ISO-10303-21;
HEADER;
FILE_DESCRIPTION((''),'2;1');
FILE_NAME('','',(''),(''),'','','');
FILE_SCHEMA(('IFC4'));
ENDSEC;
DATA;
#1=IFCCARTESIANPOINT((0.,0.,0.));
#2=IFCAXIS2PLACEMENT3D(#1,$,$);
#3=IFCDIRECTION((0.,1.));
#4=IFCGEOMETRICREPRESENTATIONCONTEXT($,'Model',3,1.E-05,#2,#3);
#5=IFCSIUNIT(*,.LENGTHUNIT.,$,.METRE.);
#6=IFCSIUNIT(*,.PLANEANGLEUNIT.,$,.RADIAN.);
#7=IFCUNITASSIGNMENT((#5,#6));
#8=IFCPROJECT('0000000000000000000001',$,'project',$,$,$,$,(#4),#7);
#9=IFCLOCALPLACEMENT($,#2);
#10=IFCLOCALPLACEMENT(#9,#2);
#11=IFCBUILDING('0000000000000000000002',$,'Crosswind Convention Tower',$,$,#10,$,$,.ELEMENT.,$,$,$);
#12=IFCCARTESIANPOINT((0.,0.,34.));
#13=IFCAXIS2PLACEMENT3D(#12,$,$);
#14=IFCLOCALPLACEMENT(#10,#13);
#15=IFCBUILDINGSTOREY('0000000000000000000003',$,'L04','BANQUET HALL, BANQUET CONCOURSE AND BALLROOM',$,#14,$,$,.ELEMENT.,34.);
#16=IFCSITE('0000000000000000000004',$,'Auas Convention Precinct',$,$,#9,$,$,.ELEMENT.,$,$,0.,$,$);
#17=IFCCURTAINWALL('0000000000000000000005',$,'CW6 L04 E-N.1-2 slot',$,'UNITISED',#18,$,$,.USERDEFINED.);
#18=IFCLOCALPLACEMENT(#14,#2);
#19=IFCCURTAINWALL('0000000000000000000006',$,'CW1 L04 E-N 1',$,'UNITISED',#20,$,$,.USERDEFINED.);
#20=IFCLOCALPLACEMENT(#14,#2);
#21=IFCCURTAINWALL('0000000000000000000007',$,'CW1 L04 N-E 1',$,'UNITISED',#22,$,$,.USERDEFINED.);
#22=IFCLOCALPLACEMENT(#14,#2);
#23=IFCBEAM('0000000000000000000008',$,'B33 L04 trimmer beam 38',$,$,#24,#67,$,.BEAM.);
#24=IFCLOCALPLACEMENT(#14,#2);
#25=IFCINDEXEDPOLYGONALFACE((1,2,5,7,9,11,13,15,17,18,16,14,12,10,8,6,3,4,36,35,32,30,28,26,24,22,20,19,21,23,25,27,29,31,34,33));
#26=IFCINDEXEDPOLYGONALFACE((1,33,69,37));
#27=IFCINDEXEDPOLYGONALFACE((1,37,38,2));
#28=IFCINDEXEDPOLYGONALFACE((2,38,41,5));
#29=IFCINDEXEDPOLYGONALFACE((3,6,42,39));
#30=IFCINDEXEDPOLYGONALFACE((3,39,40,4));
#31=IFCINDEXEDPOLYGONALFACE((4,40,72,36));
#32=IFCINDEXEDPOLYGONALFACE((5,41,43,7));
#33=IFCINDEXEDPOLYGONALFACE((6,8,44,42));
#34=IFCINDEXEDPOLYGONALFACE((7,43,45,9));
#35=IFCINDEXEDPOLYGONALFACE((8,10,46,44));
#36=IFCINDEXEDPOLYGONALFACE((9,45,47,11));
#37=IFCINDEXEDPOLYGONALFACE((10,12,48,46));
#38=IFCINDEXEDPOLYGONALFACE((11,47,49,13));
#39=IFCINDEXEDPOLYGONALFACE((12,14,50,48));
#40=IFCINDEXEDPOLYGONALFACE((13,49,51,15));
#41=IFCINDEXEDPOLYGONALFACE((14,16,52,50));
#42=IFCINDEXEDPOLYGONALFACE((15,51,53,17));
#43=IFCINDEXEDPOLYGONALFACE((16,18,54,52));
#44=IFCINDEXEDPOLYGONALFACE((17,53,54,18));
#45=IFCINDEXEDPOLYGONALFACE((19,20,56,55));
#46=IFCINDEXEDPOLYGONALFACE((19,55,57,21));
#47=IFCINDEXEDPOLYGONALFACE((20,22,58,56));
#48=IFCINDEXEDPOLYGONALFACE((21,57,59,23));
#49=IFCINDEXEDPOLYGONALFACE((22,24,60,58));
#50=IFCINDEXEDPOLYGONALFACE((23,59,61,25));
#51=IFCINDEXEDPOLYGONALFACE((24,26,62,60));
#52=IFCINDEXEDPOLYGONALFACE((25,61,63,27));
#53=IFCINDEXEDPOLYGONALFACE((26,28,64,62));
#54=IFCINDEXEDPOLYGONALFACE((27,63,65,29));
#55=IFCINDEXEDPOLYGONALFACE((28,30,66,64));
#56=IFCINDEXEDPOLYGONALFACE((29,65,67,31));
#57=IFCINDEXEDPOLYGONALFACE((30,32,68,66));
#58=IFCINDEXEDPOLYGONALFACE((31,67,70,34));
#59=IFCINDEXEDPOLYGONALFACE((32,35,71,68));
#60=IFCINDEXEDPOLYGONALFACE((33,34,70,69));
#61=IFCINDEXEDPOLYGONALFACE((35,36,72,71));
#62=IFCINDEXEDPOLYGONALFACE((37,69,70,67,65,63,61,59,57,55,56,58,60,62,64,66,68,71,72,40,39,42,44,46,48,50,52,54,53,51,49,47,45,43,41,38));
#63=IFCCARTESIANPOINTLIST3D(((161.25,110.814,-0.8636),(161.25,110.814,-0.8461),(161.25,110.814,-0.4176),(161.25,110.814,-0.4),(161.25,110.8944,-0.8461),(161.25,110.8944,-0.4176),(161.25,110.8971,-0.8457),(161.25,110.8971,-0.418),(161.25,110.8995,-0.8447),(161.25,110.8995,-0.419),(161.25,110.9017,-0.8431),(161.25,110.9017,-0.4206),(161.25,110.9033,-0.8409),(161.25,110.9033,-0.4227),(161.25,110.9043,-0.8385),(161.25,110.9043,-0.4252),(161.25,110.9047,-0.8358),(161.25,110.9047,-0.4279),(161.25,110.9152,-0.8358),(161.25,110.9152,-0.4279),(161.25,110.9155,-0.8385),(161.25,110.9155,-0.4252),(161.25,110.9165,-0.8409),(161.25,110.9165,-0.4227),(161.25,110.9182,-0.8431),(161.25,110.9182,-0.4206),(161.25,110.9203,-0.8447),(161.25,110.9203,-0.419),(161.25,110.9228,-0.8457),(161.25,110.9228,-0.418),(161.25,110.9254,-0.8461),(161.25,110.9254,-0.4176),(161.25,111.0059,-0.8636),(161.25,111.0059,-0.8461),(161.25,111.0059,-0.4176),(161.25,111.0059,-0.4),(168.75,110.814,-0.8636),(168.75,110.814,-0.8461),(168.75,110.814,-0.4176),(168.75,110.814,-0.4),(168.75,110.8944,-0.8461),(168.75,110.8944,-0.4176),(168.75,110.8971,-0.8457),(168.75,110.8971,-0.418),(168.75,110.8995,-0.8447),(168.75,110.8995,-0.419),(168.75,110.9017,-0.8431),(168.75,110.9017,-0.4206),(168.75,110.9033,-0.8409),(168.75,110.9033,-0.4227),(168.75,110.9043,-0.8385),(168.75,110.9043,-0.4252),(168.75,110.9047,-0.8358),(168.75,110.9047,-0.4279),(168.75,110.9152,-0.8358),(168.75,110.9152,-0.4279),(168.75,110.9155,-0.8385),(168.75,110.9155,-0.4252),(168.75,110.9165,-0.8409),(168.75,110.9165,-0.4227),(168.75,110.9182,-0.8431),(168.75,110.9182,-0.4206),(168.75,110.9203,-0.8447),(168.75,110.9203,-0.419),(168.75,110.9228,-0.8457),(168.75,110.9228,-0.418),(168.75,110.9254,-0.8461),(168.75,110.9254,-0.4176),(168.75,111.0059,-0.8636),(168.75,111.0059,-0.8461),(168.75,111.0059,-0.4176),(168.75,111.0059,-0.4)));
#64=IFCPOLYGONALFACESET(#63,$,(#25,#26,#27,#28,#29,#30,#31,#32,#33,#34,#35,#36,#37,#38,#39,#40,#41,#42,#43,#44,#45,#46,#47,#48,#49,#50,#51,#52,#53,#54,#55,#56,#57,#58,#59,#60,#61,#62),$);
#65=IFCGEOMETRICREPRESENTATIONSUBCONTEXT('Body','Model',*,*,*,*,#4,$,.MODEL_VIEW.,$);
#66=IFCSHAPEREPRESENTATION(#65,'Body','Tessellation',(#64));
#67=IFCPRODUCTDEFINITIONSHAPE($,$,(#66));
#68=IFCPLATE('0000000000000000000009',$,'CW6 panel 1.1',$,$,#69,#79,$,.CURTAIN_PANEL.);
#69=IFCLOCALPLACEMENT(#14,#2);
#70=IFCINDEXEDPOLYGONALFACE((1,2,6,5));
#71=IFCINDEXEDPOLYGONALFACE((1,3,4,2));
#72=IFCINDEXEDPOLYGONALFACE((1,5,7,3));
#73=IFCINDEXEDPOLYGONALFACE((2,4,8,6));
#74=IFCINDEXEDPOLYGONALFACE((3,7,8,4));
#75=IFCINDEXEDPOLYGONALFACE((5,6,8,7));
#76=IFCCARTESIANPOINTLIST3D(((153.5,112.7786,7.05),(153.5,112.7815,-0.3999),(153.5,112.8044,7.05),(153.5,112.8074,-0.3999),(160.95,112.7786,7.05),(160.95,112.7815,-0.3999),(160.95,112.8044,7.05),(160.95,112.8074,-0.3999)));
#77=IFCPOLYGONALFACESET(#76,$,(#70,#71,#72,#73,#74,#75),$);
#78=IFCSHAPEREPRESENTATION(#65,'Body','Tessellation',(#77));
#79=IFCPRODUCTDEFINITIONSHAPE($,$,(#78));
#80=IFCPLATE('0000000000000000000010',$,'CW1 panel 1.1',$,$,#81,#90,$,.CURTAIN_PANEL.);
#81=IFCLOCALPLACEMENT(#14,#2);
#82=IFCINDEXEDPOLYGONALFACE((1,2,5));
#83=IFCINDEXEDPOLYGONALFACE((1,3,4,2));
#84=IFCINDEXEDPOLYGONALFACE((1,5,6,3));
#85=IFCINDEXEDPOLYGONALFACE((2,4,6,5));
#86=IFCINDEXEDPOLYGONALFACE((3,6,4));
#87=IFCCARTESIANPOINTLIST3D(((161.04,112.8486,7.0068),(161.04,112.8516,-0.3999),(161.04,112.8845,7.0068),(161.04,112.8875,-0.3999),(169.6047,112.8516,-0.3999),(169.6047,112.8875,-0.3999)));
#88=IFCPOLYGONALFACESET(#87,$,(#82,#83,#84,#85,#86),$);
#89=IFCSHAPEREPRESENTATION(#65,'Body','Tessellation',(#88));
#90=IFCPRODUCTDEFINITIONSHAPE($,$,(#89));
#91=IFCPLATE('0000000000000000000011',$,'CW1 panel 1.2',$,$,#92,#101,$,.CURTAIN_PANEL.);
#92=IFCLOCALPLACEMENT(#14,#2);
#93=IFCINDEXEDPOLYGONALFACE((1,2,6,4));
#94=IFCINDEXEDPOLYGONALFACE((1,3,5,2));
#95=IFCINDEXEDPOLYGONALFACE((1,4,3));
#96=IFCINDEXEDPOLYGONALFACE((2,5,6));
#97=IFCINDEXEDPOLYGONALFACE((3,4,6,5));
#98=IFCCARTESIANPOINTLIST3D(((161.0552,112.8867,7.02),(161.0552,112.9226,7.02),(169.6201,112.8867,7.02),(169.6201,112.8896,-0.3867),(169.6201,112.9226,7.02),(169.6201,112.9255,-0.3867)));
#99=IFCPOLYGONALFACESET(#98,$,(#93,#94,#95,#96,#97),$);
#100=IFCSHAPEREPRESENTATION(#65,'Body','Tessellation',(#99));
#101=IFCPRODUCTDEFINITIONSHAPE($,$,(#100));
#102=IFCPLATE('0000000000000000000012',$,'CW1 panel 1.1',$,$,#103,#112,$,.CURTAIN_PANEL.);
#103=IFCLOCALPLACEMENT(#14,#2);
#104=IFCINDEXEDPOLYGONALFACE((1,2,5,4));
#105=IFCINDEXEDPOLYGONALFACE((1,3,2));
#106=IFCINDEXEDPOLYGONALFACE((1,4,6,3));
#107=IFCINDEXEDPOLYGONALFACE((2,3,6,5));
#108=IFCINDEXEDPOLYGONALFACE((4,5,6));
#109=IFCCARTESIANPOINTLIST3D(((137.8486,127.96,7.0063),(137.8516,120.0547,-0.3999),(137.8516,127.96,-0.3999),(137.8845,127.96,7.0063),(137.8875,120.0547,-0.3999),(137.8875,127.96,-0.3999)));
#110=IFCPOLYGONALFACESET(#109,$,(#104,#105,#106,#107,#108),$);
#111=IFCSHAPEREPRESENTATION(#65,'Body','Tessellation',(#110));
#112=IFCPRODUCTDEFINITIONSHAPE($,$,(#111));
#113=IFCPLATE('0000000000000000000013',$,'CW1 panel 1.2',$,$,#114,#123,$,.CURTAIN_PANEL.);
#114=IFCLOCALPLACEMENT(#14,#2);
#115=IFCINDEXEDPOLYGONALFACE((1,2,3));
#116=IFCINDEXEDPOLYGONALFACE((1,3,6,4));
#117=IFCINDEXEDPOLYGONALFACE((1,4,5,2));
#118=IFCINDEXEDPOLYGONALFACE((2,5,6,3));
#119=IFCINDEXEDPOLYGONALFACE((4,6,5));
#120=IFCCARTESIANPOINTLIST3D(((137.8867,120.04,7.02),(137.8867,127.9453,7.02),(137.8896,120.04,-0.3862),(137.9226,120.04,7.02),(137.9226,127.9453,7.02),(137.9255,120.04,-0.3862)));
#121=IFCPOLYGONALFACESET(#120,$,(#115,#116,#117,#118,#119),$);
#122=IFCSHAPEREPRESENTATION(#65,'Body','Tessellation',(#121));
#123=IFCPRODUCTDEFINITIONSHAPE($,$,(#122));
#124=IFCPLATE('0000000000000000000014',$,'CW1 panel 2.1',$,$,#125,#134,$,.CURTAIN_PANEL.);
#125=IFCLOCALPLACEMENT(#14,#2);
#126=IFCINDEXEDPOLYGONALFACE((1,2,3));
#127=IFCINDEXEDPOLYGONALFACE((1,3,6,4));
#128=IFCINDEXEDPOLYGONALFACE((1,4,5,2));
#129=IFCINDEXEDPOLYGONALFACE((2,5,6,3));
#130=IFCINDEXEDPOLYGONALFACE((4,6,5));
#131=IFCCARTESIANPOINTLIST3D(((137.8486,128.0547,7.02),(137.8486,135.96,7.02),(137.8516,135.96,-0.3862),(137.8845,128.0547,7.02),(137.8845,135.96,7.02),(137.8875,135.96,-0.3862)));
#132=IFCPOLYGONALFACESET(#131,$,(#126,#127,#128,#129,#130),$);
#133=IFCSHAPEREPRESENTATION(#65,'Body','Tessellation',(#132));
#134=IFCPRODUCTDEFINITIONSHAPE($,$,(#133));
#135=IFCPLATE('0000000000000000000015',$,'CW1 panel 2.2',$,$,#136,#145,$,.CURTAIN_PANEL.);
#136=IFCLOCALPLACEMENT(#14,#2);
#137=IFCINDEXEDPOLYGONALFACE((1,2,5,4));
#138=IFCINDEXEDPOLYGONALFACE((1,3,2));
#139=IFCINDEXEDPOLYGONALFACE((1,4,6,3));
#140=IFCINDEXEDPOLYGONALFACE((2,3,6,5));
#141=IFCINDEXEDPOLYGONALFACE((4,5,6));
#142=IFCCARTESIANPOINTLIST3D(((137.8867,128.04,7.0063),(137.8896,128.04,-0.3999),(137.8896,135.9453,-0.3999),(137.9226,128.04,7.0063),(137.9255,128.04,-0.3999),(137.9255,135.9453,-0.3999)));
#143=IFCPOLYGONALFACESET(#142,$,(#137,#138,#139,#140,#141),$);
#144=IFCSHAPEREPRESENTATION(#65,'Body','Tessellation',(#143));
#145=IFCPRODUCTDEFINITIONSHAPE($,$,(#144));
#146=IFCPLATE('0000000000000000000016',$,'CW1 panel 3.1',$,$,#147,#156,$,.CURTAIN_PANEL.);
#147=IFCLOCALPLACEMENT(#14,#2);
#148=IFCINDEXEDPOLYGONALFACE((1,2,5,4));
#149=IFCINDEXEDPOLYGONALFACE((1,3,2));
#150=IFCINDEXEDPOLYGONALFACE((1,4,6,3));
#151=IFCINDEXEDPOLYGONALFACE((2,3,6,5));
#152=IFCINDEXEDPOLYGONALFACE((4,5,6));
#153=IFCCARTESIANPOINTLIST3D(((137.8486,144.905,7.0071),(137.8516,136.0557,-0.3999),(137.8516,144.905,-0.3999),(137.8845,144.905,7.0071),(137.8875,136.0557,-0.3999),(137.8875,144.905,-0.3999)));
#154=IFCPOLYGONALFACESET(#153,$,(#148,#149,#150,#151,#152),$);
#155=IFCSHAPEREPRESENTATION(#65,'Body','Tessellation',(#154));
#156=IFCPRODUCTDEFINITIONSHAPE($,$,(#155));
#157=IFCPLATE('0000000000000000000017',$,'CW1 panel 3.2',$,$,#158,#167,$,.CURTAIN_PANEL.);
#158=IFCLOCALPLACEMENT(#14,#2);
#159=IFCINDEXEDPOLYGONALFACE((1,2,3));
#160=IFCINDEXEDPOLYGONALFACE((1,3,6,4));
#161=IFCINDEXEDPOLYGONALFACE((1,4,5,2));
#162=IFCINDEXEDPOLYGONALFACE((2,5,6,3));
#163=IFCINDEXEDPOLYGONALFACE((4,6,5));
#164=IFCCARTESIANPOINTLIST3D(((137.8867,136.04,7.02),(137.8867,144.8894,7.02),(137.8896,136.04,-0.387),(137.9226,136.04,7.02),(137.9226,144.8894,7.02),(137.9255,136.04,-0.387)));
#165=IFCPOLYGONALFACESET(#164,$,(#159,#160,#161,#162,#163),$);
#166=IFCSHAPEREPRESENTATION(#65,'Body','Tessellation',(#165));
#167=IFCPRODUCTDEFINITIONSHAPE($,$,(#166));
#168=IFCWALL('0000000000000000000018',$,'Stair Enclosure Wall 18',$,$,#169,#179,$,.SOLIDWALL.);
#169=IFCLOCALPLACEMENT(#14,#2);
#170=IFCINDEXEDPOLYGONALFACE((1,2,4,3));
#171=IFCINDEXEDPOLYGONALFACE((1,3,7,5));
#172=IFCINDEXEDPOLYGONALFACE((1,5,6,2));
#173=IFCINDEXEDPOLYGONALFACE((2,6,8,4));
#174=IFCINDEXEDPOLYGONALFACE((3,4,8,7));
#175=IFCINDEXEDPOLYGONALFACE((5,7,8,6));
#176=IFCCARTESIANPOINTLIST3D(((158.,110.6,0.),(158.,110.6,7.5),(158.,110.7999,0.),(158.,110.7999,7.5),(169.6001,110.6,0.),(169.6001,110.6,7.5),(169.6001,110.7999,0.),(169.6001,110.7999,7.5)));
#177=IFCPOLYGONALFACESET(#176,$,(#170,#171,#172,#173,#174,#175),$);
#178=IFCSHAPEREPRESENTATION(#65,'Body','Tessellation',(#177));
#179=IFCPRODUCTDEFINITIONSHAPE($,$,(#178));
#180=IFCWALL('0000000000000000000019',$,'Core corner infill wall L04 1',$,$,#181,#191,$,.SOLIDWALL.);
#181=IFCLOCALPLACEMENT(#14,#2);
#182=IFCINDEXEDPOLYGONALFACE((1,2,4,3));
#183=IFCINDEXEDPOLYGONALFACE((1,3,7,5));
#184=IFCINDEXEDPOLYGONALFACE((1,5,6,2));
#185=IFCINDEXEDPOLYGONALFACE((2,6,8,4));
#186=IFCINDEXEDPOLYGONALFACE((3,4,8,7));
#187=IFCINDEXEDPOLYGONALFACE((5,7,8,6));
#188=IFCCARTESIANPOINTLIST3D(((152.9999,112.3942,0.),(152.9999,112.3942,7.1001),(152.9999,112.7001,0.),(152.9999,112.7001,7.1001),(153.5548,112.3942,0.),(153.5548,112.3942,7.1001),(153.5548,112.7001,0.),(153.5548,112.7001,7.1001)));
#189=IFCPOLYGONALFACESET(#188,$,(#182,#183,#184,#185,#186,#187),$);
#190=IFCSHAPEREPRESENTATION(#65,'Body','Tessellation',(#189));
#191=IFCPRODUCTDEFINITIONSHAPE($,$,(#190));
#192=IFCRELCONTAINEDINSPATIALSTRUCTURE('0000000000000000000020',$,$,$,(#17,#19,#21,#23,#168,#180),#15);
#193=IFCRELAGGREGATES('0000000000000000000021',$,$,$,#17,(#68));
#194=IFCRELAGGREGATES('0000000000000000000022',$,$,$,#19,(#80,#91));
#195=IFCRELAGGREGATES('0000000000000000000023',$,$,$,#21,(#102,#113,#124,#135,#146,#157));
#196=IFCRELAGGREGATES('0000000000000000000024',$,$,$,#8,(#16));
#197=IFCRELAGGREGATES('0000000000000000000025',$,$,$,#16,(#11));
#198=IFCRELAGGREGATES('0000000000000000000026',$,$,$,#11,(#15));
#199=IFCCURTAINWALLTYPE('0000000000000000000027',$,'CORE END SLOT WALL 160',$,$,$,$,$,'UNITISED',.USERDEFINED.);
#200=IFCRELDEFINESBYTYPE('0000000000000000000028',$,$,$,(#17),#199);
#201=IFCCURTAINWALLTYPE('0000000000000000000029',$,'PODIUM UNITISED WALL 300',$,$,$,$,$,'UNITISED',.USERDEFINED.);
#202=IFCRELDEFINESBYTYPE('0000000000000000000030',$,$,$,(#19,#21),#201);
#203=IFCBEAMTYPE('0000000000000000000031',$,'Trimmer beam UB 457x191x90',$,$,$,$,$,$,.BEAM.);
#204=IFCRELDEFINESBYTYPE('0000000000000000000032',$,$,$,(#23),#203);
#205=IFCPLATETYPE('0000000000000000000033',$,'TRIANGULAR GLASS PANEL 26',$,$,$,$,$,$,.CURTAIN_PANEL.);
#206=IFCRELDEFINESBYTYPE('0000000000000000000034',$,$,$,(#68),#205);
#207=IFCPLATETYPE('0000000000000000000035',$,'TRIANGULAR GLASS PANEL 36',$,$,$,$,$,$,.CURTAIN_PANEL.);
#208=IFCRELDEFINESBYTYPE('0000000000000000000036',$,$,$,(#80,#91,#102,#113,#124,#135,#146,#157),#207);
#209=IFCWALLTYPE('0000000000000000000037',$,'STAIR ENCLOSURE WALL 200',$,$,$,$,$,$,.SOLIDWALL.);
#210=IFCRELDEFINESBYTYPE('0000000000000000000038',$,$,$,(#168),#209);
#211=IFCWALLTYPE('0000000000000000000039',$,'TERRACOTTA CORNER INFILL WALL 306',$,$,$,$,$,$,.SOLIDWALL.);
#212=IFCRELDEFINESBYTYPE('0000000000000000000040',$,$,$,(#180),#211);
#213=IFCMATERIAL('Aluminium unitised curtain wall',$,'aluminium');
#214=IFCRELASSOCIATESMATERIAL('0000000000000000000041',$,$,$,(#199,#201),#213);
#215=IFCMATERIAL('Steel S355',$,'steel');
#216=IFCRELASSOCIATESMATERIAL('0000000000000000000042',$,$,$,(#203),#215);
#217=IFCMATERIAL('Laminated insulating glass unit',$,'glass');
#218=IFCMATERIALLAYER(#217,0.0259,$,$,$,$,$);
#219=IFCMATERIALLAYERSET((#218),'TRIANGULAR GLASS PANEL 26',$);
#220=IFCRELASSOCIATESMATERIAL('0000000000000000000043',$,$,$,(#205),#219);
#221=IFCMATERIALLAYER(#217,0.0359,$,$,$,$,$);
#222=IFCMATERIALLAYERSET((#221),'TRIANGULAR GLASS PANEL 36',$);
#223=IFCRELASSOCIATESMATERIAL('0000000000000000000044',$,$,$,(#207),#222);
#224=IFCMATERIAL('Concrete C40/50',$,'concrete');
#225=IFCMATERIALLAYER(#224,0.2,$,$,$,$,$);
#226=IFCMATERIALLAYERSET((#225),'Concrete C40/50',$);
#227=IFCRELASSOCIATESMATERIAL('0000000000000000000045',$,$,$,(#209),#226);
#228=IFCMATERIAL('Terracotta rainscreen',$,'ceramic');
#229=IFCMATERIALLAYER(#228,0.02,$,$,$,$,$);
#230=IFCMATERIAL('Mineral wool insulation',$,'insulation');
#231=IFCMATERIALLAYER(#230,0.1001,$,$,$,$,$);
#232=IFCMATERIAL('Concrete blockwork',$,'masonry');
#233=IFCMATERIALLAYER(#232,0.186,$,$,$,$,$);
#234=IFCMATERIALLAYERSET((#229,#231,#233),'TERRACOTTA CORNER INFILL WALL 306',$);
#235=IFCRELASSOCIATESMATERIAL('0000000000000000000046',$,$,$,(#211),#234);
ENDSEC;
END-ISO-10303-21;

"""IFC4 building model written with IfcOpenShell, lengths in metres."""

from ifc_helpers import new_model, si_unit, direction, frame, frame_2d, origin, origin_2d, place, context, subcontext, project, spatial, polyline, rectangle, i_section, outline, extrude, material, layer, layer_set, material_profile, profile_set, type_object, element, aggregate, save


model = new_model("IFC4")

# Units and contexts
model_context = context("Model", 3, precision=1e-05, world=origin(), true_north=direction((0.0, 1.0)))
body_context = subcontext(model_context, "Body", "Model", "MODEL_VIEW")
ifc_project = project(units=[si_unit("LENGTHUNIT", "METRE"), si_unit("PLANEANGLEUNIT", "RADIAN")], contexts=[model_context])

# Site, building, storey
site_placement = place(None, origin())
site = spatial("IfcSite", under=ifc_project, at=site_placement, Name="Auas Convention Precinct", CompositionType="ELEMENT", RefElevation=0.0)
building_placement = place(site_placement, origin())
building = spatial("IfcBuilding", under=site, at=building_placement, Name="Crosswind Convention Tower", CompositionType="ELEMENT")
storey_placement = place(building_placement, frame((0.0, 0.0, 34.0)))
storey = spatial("IfcBuildingStorey", under=building, at=storey_placement, Name="L04", Description="BANQUET HALL, BANQUET CONCOURSE AND BALLROOM", CompositionType="ELEMENT", Elevation=34.0)

# Shared definitions
ifc_material_1 = material(Name="Steel S355", Category="steel")

# Curtain walls
ifc_material_2 = material(Name="Aluminium unitised curtain wall", Category="aluminium")
curtain_wall_type_1 = type_object("IfcCurtainWallType", Name="CORE END SLOT WALL 160", ElementType="UNITISED", PredefinedType="USERDEFINED", material=ifc_material_2)
curtain_wall_1_placement = place(storey_placement, origin())
curtain_wall_1 = element("IfcCurtainWall", 1, at=curtain_wall_1_placement, inside=storey, type_object=curtain_wall_type_1, Name="CW6 L04 E-N.1-2 slot", ObjectType="UNITISED", PredefinedType="USERDEFINED")
curtain_wall_type_2 = type_object("IfcCurtainWallType", Name="PODIUM UNITISED WALL 300", ElementType="UNITISED", PredefinedType="USERDEFINED", material=ifc_material_2)
curtain_wall_2_placement = place(storey_placement, origin())
curtain_wall_2 = element("IfcCurtainWall", 2, at=curtain_wall_2_placement, inside=storey, type_object=curtain_wall_type_2, Name="CW1 L04 E-N 1", ObjectType="UNITISED", PredefinedType="USERDEFINED")
curtain_wall_3_placement = place(storey_placement, origin())
curtain_wall_3 = element("IfcCurtainWall", 3, at=curtain_wall_3_placement, inside=storey, type_object=curtain_wall_type_2, Name="CW1 L04 N-E 1", ObjectType="UNITISED", PredefinedType="USERDEFINED")

# Beam
ifc_material_profile_1 = material_profile(ifc_material_1, i_section(OverallWidth=0.1919, OverallDepth=0.4636, WebThickness=0.0105, FlangeThickness=0.0176, FilletRadius=0.0103, at=origin_2d()), Name="UB 457x191x90")
ifc_profile_set_1 = profile_set([ifc_material_profile_1], Name="Steel S355")
beam_type_1 = type_object("IfcBeamType", Name="Trimmer beam UB 457x191x90", PredefinedType="BEAM", material=ifc_profile_set_1)
beam_1_placement = place(storey_placement, frame((161.25, 110.9099, -0.6318), z_axis=(1.0, 0.0, 0.0), x_axis=(0.0, 1.0, 0.0)))
element("IfcBeam", 4, at=beam_1_placement, inside=storey, type_object=beam_type_1, Name="B33 L04 trimmer beam 38", PredefinedType="BEAM", context=body_context, shape_type="SweptSolid", body=[
    extrude(i_section(OverallWidth=0.1919, OverallDepth=0.4636, WebThickness=0.0105, FlangeThickness=0.0176, FilletRadius=0.0103, at=origin_2d()), origin(), (0.0, 0.0, 1.0), 7.5),
])

# Plates
ifc_material_3 = material(Name="Laminated insulating glass unit", Category="glass")
ifc_layer_1 = layer(ifc_material_3, 0.0259)
ifc_layer_set_1 = layer_set([ifc_layer_1], Name="TRIANGULAR GLASS PANEL 26")
plate_type_1 = type_object("IfcPlateType", Name="TRIANGULAR GLASS PANEL 26", PredefinedType="CURTAIN_PANEL", material=ifc_layer_set_1)
plate_1_placement = place(storey_placement, frame((160.95, 112.8074, -0.3999), z_axis=(0.0, 1.0, 0.000393), x_axis=(-1.0, 0.0, 0.0)))
plate_1 = element("IfcPlate", 5, at=plate_1_placement, type_object=plate_type_1, Name="CW6 panel 1.1", PredefinedType="CURTAIN_PANEL", context=body_context, shape_type="SweptSolid", body=[
    extrude(outline(polyline([(0.0, 0.0), (7.45, 0.0), (7.45, 7.45), (0.0, 7.45), (0.0, 0.0)])), origin(), (0.0, 0.0, -1.0), 0.0259),
])
aggregate(curtain_wall_1, [plate_1])
ifc_layer_2 = layer(ifc_material_3, 0.0359)
ifc_layer_set_2 = layer_set([ifc_layer_2], Name="TRIANGULAR GLASS PANEL 36")
plate_type_2 = type_object("IfcPlateType", Name="TRIANGULAR GLASS PANEL 36", PredefinedType="CURTAIN_PANEL", material=ifc_layer_set_2)
plate_2_placement = place(storey_placement, frame((161.04, 112.8875, -0.3999), z_axis=(0.0, 1.0, 0.000396), x_axis=(0.0, -0.000396, 1.0)))
plate_2 = element("IfcPlate", 6, at=plate_2_placement, type_object=plate_type_2, Name="CW1 panel 1.1", PredefinedType="CURTAIN_PANEL", context=body_context, shape_type="SweptSolid", body=[
    extrude(outline(polyline([(0.0, 0.0), (7.4067, 0.0), (0.0, 8.5647), (0.0, 0.0)])), origin(), (0.0, 0.0, -1.0), 0.0359),
])
plate_3_placement = place(storey_placement, frame((169.6201, 112.9226, 7.02), z_axis=(0.0, 1.0, 0.000396), x_axis=(0.0, 0.000396, -1.0)))
plate_3 = element("IfcPlate", 7, at=plate_3_placement, type_object=plate_type_2, Name="CW1 panel 1.2", PredefinedType="CURTAIN_PANEL", context=body_context, shape_type="SweptSolid", body=[
    extrude(outline(polyline([(0.0, 0.0), (7.4067, 0.0), (0.0, 8.5649), (0.0, 0.0)])), origin(), (0.0, 0.0, -1.0), 0.0359),
])
plate_4_placement = place(storey_placement, frame((137.8875, 127.96, -0.3999), z_axis=(1.0, 0.0, 0.000396), x_axis=(-0.000396, 0.0, 1.0)))
plate_4 = element("IfcPlate", 8, at=plate_4_placement, type_object=plate_type_2, Name="CW1 panel 1.1", PredefinedType="CURTAIN_PANEL", context=body_context, shape_type="SweptSolid", body=[
    extrude(outline(polyline([(0.0, 0.0), (7.4063, 0.0), (0.0, 7.9053), (0.0, 0.0)])), origin(), (0.0, 0.0, -1.0), 0.0359),
])
plate_5_placement = place(storey_placement, frame((137.9226, 120.04, 7.02), z_axis=(1.0, 0.0, 0.000396), x_axis=(0.000396, 0.0, -1.0)))
plate_5 = element("IfcPlate", 9, at=plate_5_placement, type_object=plate_type_2, Name="CW1 panel 1.2", PredefinedType="CURTAIN_PANEL", context=body_context, shape_type="SweptSolid", body=[
    extrude(outline(polyline([(0.0, 0.0), (7.4063, 0.0), (0.0, 7.9053), (0.0, 0.0)])), origin(), (0.0, 0.0, -1.0), 0.0359),
])
plate_6_placement = place(storey_placement, frame((137.8845, 135.96, 7.02), z_axis=(1.0, 0.0, 0.000396), x_axis=(0.0, -1.0, 0.0)))
plate_6 = element("IfcPlate", 10, at=plate_6_placement, type_object=plate_type_2, Name="CW1 panel 2.1", PredefinedType="CURTAIN_PANEL", context=body_context, shape_type="SweptSolid", body=[
    extrude(outline(polyline([(0.0, 0.0), (7.9053, 0.0), (0.0, 7.4063), (0.0, 0.0)])), origin(), (0.0, 0.0, -1.0), 0.0359),
])
plate_7_placement = place(storey_placement, frame((137.9255, 128.04, -0.3999), z_axis=(1.0, 0.0, 0.000396), x_axis=(0.0, 1.0, 0.0)))
plate_7 = element("IfcPlate", 11, at=plate_7_placement, type_object=plate_type_2, Name="CW1 panel 2.2", PredefinedType="CURTAIN_PANEL", context=body_context, shape_type="SweptSolid", body=[
    extrude(outline(polyline([(0.0, 0.0), (7.9053, 0.0), (0.0, 7.4063), (0.0, 0.0)])), origin(), (0.0, 0.0, -1.0), 0.0359),
])
plate_8_placement = place(storey_placement, frame((137.8875, 144.905, -0.3999), z_axis=(1.0, 0.0, 0.000396), x_axis=(-0.000396, 0.0, 1.0)))
plate_8 = element("IfcPlate", 12, at=plate_8_placement, type_object=plate_type_2, Name="CW1 panel 3.1", PredefinedType="CURTAIN_PANEL", context=body_context, shape_type="SweptSolid", body=[
    extrude(outline(polyline([(0.0, 0.0), (7.407, 0.0), (0.0, 8.8494), (0.0, 0.0)])), origin(), (0.0, 0.0, -1.0), 0.0359),
])
plate_9_placement = place(storey_placement, frame((137.9226, 136.04, 7.02), z_axis=(1.0, 0.0, 0.000396), x_axis=(0.000396, 0.0, -1.0)))
plate_9 = element("IfcPlate", 13, at=plate_9_placement, type_object=plate_type_2, Name="CW1 panel 3.2", PredefinedType="CURTAIN_PANEL", context=body_context, shape_type="SweptSolid", body=[
    extrude(outline(polyline([(0.0, 0.0), (7.407, 0.0), (0.0, 8.8494), (0.0, 0.0)])), origin(), (0.0, 0.0, -1.0), 0.0359),
])

# Walls
ifc_material_4 = material(Name="Concrete C40/50", Category="concrete")
ifc_layer_3 = layer(ifc_material_4, 0.2)
ifc_layer_set_3 = layer_set([ifc_layer_3], Name="Concrete C40/50")
wall_type_1 = type_object("IfcWallType", Name="STAIR ENCLOSURE WALL 200", PredefinedType="SOLIDWALL", material=ifc_layer_set_3)
wall_1_placement = place(storey_placement, frame((158.0, 110.7, 0.0), z_axis=(0.0, 0.0, 1.0), x_axis=(1.0, 0.0, 0.0)))
element("IfcWall", 14, at=wall_1_placement, inside=storey, type_object=wall_type_1, Name="Stair Enclosure Wall 18", PredefinedType="SOLIDWALL", context=body_context, shape_type="SweptSolid", body=[
    extrude(rectangle(XDim=11.6001, YDim=0.2, at=frame_2d((5.8, 0.0))), origin(), (0.0, 0.0, 1.0), 7.5),
])
ifc_material_5 = material(Name="Terracotta rainscreen", Category="ceramic")
ifc_layer_4 = layer(ifc_material_5, 0.02)
ifc_material_6 = material(Name="Mineral wool insulation", Category="insulation")
ifc_layer_5 = layer(ifc_material_6, 0.1001)
ifc_material_7 = material(Name="Concrete blockwork", Category="masonry")
ifc_layer_6 = layer(ifc_material_7, 0.186)
ifc_layer_set_4 = layer_set([ifc_layer_4, ifc_layer_5, ifc_layer_6], Name="TERRACOTTA CORNER INFILL WALL 306")
wall_type_2 = type_object("IfcWallType", Name="TERRACOTTA CORNER INFILL WALL 306", PredefinedType="SOLIDWALL", material=ifc_layer_set_4)
wall_2_placement = place(storey_placement, frame((153.0, 112.5471, 0.0), z_axis=(0.0, 0.0, 1.0), x_axis=(1.0, 0.0, 0.0)))
element("IfcWall", 15, at=wall_2_placement, inside=storey, type_object=wall_type_2, Name="Core corner infill wall L04 1", PredefinedType="SOLIDWALL", context=body_context, shape_type="SweptSolid", body=[
    extrude(rectangle(XDim=0.5549, YDim=0.3059, at=frame_2d((0.2773, 0.0))), origin(), (0.0, 0.0, 1.0), 7.1001),
])

aggregate(curtain_wall_2, [plate_2, plate_3])
aggregate(curtain_wall_3, [plate_4, plate_5, plate_6, plate_7, plate_8, plate_9])

save(model, "model.ifc")
